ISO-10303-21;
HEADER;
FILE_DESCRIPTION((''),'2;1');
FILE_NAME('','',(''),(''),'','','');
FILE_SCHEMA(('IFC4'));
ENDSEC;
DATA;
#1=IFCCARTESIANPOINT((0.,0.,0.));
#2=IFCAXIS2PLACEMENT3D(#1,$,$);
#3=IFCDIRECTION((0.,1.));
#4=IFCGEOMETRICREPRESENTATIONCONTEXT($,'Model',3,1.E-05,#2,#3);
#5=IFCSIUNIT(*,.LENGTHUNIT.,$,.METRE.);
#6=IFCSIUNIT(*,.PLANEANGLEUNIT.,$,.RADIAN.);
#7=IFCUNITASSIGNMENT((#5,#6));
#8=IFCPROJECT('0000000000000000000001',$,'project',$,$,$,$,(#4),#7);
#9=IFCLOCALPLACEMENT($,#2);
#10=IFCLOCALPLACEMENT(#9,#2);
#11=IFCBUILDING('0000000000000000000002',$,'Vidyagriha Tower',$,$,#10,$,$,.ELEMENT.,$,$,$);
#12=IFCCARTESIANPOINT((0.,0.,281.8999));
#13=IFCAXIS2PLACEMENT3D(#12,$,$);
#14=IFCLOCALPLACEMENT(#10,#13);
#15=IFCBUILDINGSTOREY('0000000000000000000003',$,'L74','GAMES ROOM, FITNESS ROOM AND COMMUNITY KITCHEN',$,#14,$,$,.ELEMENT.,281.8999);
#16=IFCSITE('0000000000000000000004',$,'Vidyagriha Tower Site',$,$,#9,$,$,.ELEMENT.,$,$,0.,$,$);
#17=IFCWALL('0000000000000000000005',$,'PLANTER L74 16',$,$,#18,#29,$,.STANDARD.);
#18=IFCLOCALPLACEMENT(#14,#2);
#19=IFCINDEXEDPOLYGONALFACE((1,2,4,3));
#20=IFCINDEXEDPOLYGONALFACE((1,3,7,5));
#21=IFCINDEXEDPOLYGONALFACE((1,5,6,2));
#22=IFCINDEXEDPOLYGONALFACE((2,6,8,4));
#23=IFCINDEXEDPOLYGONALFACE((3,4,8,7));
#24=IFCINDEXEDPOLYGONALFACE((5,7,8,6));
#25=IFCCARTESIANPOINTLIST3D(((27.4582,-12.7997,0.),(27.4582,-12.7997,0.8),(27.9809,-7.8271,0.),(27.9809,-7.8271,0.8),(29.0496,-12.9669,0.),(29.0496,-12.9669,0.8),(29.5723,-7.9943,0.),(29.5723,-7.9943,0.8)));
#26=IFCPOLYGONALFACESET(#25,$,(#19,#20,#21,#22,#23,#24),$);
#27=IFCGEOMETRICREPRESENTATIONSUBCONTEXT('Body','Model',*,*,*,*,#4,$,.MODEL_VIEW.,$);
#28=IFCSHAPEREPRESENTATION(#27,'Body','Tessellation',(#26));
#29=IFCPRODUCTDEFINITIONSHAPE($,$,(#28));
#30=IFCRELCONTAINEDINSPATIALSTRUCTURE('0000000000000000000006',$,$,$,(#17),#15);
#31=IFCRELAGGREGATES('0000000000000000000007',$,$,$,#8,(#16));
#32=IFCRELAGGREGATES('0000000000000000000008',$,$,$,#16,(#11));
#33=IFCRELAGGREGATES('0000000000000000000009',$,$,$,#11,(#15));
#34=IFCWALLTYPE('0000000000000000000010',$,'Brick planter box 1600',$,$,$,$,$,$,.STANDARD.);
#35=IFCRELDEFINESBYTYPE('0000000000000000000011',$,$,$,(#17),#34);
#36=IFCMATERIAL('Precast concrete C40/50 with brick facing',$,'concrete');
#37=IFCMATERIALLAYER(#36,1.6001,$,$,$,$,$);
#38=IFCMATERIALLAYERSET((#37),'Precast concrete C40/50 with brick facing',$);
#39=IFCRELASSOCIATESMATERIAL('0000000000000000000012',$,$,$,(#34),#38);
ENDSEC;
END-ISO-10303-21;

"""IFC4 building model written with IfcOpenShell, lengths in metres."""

from ifc_helpers import new_model, si_unit, direction, frame, frame_2d, origin, place, context, subcontext, project, spatial, rectangle, extrude, material, layer, layer_set, type_object, element, save


model = new_model("IFC4")

# Units and contexts
model_context = context("Model", 3, precision=1e-05, world=origin(), true_north=direction((0.0, 1.0)))
body_context = subcontext(model_context, "Body", "Model", "MODEL_VIEW")
ifc_project = project(units=[si_unit("LENGTHUNIT", "METRE"), si_unit("PLANEANGLEUNIT", "RADIAN")], contexts=[model_context])

# Site, building, storey
site_placement = place(None, origin())
site = spatial("IfcSite", under=ifc_project, at=site_placement, Name="Vidyagriha Tower Site", CompositionType="ELEMENT", RefElevation=0.0)
building_placement = place(site_placement, origin())
building = spatial("IfcBuilding", under=site, at=building_placement, Name="Vidyagriha Tower", CompositionType="ELEMENT")
storey_placement = place(building_placement, frame((0.0, 0.0, 281.8999)))
storey = spatial("IfcBuildingStorey", under=building, at=storey_placement, Name="L74", Description="GAMES ROOM, FITNESS ROOM AND COMMUNITY KITCHEN", CompositionType="ELEMENT", Elevation=281.8999)

# Wall
ifc_material_1 = material(Name="Precast concrete C40/50 with brick facing", Category="concrete")
ifc_layer_1 = layer(ifc_material_1, 1.6001)
ifc_layer_set_1 = layer_set([ifc_layer_1], Name="Precast concrete C40/50 with brick facing")
wall_type = type_object("IfcWallType", Name="Brick planter box 1600", PredefinedType="STANDARD", material=ifc_layer_set_1)
wall_placement = place(storey_placement, frame((28.2539, -12.8833, 0.0), z_axis=(0.0, 0.0, 1.0), x_axis=(0.10454, 0.994521, 0.0)))
element("IfcWall", 1, at=wall_placement, inside=storey, type_object=wall_type, Name="PLANTER L74 16", PredefinedType="STANDARD", context=body_context, shape_type="SweptSolid", body=[
    extrude(rectangle(XDim=5.0, YDim=1.6001, at=frame_2d((2.5, 0.0))), origin(), (0.0, 0.0, 1.0), 0.8),
])

save(model, "model.ifc")
